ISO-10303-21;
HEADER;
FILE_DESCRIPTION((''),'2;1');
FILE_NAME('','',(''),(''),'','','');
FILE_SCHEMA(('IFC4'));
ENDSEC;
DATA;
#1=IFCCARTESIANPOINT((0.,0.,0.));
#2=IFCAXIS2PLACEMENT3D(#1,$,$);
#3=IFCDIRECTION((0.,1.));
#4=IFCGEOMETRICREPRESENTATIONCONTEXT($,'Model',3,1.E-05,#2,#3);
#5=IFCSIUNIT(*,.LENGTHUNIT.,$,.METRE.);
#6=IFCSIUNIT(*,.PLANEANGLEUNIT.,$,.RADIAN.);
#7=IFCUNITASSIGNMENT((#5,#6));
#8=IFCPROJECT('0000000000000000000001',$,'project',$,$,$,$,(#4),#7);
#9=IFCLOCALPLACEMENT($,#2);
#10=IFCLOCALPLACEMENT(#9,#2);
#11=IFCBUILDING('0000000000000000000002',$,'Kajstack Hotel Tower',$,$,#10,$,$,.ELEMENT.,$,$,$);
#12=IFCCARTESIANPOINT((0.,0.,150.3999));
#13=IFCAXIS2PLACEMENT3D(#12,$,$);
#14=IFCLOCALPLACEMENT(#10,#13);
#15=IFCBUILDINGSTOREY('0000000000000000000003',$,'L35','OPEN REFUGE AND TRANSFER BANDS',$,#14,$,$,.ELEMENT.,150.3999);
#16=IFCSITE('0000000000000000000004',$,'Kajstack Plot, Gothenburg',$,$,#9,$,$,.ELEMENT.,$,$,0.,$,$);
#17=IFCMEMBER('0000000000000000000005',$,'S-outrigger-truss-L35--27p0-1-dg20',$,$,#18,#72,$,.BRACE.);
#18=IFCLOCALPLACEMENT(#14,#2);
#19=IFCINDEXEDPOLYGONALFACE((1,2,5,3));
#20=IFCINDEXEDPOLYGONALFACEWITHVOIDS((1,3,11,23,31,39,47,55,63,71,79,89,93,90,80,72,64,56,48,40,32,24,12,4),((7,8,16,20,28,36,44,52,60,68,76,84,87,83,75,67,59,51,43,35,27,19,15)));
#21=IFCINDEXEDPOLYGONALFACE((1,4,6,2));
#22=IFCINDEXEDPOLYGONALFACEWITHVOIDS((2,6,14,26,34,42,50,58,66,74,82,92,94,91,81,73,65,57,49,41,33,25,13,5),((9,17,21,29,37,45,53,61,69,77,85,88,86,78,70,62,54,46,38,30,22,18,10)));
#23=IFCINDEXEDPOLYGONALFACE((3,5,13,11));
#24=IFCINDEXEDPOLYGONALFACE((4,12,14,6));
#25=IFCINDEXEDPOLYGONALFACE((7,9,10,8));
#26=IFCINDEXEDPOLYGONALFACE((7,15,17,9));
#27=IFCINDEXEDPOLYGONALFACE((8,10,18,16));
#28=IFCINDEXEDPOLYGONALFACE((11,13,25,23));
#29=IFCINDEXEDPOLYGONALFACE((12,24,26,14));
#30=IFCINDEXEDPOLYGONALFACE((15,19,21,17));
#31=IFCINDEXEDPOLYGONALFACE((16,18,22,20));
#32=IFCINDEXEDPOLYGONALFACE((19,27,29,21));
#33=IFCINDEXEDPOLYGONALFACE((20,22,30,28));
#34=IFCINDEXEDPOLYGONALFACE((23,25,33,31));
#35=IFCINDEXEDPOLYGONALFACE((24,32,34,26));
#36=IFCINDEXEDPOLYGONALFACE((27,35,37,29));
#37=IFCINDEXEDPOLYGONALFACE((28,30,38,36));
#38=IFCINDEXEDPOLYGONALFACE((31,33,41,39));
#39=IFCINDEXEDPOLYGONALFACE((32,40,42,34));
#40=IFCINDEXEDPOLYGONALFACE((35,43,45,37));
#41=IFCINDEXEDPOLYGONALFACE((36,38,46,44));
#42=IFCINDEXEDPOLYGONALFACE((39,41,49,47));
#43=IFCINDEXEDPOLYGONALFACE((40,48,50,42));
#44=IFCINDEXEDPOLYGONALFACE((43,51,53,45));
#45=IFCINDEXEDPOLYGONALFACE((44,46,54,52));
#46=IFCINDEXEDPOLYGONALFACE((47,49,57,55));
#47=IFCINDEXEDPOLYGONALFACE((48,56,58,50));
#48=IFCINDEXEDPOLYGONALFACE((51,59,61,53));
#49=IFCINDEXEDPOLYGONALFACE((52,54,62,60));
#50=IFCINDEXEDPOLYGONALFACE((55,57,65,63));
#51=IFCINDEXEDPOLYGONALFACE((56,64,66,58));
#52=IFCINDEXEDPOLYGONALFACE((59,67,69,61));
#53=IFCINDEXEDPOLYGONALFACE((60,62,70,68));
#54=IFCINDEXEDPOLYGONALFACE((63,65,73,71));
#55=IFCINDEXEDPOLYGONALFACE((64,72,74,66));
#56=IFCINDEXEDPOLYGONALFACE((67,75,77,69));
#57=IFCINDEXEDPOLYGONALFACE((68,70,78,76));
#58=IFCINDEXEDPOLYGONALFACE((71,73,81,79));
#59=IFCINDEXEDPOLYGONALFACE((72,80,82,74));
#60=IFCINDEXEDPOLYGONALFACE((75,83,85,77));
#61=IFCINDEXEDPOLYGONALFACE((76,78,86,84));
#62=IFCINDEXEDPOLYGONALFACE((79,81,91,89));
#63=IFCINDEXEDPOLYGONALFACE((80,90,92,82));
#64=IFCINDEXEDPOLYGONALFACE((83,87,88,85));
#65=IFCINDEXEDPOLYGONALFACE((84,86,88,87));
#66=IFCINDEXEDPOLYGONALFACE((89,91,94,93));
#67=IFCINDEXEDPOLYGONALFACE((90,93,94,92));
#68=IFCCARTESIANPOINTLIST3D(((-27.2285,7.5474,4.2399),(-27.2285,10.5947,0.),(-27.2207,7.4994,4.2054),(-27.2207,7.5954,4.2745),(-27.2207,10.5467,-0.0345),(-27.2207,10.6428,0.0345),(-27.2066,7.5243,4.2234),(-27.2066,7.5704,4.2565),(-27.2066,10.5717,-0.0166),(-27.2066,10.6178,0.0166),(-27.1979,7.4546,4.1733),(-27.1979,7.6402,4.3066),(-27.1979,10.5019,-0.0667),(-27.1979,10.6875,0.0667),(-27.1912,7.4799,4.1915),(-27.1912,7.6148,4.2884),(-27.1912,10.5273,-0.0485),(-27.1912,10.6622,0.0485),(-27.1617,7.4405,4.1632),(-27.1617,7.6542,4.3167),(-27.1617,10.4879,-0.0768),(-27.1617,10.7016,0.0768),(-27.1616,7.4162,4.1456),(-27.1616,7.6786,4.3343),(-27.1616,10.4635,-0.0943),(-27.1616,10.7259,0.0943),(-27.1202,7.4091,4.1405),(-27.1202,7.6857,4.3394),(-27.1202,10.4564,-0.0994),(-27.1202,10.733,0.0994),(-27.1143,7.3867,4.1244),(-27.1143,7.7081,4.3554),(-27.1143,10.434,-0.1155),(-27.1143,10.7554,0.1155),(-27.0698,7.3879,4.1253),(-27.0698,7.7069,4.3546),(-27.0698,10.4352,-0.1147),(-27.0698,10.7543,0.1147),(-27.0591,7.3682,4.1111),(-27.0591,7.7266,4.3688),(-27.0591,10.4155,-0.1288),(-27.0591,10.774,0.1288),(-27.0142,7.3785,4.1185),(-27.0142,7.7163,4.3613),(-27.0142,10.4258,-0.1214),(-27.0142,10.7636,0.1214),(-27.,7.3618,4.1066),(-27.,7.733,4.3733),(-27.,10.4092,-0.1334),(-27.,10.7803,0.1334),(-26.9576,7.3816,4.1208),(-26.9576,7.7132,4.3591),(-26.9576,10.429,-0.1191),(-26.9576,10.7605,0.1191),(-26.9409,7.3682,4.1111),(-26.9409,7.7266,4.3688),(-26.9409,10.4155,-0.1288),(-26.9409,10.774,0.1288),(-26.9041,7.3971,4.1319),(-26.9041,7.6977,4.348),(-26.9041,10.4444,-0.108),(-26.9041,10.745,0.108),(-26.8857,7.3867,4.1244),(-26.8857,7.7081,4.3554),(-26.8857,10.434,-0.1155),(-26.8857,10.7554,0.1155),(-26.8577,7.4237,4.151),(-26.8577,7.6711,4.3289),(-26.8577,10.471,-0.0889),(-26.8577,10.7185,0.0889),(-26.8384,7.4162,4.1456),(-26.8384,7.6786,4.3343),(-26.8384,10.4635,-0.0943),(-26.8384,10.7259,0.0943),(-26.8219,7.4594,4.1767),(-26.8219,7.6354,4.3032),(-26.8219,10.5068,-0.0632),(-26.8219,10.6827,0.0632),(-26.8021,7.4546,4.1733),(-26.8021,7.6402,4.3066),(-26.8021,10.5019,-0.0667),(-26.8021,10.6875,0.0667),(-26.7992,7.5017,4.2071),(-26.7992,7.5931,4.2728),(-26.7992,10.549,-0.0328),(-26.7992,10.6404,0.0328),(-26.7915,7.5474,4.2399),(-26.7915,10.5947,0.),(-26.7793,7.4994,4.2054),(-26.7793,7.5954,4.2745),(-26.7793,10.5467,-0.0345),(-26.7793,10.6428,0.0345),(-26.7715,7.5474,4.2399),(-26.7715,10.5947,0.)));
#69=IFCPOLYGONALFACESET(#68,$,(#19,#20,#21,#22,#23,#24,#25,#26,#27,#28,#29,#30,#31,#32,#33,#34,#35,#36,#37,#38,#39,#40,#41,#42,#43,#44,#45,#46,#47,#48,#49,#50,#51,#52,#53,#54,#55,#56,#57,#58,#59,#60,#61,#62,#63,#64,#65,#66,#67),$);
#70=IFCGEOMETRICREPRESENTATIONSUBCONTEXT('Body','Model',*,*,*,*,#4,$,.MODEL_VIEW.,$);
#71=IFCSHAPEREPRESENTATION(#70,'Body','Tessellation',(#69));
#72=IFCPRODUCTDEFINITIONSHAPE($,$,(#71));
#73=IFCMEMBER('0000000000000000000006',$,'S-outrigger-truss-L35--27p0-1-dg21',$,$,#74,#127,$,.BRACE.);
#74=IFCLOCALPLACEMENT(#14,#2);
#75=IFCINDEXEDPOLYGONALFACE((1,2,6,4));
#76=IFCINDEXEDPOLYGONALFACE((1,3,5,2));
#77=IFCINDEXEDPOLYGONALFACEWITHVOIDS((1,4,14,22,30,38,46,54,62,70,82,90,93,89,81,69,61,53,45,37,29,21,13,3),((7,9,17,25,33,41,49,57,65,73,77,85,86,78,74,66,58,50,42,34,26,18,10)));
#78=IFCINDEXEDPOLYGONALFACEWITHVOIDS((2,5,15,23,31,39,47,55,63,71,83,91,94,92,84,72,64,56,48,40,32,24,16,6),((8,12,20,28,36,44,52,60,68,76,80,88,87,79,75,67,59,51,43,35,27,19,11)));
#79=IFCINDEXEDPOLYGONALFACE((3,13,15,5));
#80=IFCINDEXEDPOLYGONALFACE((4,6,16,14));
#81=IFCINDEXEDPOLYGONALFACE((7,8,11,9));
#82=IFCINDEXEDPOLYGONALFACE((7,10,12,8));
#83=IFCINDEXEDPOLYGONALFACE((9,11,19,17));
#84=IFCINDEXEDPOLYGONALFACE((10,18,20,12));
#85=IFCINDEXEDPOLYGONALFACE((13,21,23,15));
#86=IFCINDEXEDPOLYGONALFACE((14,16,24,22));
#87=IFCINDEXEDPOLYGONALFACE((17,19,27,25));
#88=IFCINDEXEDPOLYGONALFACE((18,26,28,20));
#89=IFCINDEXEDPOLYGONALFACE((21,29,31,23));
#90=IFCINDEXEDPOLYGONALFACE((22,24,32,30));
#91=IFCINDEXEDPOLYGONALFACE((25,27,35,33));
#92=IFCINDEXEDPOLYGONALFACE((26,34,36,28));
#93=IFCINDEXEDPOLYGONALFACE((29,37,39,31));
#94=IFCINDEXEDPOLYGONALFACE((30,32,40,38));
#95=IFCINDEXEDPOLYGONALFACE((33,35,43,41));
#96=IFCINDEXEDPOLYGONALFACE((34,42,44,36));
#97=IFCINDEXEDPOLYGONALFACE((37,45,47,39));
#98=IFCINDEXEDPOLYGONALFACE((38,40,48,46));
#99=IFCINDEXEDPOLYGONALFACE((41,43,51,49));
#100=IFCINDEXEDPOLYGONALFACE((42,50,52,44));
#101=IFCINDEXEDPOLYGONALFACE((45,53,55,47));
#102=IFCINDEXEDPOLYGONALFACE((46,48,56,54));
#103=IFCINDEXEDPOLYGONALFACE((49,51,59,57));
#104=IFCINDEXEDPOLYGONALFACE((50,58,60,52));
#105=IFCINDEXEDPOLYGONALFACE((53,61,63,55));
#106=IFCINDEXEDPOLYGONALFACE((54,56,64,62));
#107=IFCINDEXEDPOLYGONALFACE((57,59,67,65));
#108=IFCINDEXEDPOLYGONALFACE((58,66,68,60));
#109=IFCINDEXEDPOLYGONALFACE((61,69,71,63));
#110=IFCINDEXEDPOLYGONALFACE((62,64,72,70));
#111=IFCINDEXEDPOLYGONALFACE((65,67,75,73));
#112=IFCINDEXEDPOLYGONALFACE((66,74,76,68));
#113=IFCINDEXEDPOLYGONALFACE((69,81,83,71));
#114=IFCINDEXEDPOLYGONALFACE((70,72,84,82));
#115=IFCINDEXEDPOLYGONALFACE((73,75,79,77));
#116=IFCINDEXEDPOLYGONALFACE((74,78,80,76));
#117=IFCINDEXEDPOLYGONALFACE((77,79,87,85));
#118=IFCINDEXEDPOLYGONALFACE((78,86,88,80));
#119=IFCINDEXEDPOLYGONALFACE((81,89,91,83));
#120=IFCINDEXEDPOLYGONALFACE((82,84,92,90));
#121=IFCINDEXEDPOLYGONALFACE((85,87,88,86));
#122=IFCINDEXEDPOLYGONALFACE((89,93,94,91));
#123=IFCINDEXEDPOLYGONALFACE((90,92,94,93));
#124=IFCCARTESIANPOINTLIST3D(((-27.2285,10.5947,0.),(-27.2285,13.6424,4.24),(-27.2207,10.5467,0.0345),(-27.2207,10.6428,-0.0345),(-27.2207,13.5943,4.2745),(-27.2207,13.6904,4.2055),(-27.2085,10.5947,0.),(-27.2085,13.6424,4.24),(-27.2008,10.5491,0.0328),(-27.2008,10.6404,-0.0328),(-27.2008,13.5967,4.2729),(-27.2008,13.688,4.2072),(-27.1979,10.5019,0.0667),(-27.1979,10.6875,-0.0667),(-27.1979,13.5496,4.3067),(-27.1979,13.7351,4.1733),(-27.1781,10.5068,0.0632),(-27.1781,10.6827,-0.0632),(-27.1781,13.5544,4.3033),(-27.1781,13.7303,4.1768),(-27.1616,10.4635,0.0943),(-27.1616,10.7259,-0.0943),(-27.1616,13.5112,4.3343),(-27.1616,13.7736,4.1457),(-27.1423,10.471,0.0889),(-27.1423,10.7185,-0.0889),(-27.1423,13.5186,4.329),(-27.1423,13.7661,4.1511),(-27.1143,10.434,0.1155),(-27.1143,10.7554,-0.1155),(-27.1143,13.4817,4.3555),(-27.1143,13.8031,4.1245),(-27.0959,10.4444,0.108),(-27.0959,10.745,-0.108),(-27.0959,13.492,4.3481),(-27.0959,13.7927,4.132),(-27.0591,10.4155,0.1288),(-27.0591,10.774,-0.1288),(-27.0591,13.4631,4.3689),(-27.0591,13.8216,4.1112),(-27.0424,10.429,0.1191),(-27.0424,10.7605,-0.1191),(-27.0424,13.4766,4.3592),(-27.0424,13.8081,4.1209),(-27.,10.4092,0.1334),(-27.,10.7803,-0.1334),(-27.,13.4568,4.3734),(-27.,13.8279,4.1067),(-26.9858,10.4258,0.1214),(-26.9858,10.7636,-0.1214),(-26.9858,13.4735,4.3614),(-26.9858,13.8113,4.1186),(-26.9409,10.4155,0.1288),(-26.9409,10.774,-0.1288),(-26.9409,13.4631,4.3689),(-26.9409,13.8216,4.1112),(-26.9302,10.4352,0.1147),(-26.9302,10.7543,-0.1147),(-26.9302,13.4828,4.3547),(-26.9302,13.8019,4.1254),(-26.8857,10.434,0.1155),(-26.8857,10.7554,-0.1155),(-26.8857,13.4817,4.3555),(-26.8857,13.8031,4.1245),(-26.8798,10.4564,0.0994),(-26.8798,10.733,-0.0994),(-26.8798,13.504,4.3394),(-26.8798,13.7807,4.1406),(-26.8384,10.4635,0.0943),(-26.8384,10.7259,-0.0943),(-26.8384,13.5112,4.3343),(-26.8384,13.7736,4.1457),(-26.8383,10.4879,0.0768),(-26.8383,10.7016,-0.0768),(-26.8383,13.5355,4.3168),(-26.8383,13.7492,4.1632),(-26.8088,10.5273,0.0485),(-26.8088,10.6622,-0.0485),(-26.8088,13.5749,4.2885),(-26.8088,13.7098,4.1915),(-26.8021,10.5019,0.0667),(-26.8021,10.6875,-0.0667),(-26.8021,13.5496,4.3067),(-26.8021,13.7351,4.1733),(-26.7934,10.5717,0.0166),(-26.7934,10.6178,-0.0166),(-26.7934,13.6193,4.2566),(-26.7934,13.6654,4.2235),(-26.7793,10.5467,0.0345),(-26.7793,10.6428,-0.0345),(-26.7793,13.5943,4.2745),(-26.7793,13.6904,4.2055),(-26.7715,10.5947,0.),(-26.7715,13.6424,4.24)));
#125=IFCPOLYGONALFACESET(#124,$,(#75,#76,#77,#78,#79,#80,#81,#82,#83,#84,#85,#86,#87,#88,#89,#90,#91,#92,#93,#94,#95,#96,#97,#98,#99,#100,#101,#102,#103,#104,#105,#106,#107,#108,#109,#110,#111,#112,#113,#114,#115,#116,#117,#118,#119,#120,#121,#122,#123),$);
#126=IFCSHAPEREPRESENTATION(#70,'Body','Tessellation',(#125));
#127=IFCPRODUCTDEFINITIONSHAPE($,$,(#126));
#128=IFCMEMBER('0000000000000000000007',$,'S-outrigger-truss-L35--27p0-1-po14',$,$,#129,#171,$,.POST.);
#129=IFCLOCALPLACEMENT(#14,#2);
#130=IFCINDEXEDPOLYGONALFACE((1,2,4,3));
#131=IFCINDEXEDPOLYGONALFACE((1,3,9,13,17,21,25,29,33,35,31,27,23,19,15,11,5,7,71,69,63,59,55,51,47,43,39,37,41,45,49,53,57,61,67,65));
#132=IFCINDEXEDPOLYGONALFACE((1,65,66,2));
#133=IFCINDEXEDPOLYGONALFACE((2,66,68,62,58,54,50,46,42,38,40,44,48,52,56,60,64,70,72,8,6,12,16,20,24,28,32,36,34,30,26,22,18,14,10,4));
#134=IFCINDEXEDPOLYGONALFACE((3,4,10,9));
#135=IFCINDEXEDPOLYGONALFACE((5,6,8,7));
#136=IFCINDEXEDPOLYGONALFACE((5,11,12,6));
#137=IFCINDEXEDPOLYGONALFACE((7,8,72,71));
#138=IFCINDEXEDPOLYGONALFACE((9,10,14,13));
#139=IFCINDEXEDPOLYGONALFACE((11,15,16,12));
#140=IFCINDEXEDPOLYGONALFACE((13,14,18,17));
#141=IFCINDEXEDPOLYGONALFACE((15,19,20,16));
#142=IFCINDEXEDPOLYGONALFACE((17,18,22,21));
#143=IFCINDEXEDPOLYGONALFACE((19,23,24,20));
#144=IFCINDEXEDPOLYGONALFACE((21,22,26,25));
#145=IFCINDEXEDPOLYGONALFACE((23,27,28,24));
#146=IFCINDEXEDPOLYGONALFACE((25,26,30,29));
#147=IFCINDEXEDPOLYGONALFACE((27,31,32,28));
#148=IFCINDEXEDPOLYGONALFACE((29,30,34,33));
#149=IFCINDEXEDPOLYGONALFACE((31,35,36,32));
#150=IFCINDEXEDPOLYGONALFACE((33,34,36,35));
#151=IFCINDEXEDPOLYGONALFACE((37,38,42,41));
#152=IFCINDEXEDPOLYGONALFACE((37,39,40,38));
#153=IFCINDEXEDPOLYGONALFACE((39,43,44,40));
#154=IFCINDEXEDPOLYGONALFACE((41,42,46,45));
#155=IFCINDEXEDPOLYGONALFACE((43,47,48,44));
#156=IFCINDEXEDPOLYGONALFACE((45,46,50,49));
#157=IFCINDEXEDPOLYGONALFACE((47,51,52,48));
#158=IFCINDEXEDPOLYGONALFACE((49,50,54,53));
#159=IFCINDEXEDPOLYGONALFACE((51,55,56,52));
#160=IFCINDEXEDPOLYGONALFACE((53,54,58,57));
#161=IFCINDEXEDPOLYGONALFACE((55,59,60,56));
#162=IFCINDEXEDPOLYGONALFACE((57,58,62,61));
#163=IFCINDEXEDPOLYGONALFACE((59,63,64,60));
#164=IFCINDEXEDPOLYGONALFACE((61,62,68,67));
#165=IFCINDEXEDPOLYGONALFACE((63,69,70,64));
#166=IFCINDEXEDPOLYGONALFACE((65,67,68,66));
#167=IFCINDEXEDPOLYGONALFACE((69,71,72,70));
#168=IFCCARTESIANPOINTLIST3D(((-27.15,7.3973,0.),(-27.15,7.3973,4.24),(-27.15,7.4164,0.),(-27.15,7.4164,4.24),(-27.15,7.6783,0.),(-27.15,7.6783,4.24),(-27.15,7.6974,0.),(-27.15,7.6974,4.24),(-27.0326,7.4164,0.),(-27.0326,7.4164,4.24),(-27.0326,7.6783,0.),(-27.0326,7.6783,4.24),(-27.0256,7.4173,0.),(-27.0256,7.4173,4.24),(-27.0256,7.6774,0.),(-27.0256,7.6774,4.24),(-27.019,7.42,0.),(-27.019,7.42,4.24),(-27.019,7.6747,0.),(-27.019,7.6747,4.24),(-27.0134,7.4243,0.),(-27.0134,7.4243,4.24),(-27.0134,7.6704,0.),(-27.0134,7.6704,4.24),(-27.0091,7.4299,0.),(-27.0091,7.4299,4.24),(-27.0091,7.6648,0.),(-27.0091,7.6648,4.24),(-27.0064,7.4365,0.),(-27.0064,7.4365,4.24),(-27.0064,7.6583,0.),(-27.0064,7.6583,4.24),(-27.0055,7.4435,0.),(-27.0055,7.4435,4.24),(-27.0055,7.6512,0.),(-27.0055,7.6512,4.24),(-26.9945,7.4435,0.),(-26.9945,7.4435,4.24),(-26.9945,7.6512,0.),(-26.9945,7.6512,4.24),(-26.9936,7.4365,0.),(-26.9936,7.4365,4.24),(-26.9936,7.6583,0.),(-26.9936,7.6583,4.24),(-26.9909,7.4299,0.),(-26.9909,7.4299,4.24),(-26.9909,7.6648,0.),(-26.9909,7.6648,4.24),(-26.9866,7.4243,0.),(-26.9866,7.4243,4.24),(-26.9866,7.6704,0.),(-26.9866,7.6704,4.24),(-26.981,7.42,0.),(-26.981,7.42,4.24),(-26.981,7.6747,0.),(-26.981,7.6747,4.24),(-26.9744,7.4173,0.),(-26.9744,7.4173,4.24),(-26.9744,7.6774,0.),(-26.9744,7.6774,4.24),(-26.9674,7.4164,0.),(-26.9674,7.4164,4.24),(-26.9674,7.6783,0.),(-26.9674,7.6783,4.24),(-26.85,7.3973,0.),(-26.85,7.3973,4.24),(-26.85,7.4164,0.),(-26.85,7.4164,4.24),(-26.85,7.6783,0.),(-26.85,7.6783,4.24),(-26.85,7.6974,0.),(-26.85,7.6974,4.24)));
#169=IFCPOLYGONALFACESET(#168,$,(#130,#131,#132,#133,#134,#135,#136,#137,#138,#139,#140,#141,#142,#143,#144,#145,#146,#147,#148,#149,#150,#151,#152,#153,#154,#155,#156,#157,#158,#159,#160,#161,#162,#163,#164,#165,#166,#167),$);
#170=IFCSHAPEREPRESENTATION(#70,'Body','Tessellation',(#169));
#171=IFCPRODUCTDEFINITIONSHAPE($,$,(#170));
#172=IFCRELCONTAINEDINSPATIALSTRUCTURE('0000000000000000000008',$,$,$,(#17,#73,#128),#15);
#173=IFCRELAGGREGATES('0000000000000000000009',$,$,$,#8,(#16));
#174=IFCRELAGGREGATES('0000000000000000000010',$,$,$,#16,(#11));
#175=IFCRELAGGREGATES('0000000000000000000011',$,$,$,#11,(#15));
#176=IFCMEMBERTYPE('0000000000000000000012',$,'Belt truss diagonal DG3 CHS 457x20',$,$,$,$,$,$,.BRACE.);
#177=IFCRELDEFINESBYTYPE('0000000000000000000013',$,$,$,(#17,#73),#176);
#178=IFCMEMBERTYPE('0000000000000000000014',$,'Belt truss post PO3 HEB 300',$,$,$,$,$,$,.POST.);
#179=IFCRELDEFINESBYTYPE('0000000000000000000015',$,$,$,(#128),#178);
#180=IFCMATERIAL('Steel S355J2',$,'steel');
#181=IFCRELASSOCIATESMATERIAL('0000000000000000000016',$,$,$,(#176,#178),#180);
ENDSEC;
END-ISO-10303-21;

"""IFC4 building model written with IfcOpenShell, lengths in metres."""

from ifc_helpers import new_model, si_unit, direction, frame, origin, origin_2d, place, context, subcontext, project, spatial, hollow_circle, i_section, extrude, material, material_profile, profile_set, type_object, element, save


model = new_model("IFC4")

# Units and contexts
model_context = context("Model", 3, precision=1e-05, world=origin(), true_north=direction((0.0, 1.0)))
body_context = subcontext(model_context, "Body", "Model", "MODEL_VIEW")
ifc_project = project(units=[si_unit("LENGTHUNIT", "METRE"), si_unit("PLANEANGLEUNIT", "RADIAN")], contexts=[model_context])

# Site, building, storey
site_placement = place(None, origin())
site = spatial("IfcSite", under=ifc_project, at=site_placement, Name="Kajstack Plot, Gothenburg", CompositionType="ELEMENT", RefElevation=0.0)
building_placement = place(site_placement, origin())
building = spatial("IfcBuilding", under=site, at=building_placement, Name="Kajstack Hotel Tower", CompositionType="ELEMENT")
storey_placement = place(building_placement, frame((0.0, 0.0, 150.3999)))
storey = spatial("IfcBuildingStorey", under=building, at=storey_placement, Name="L35", Description="OPEN REFUGE AND TRANSFER BANDS", CompositionType="ELEMENT", Elevation=150.3999)

# Members
ifc_material_1 = material(Name="Steel S355J2", Category="steel")
ifc_material_profile_1 = material_profile(ifc_material_1, hollow_circle(Radius=0.2285, WallThickness=0.02, at=origin_2d()), Name="CHS 457x20")
ifc_profile_set_1 = profile_set([ifc_material_profile_1], Name="Steel S355J2")
member_type_1 = type_object("IfcMemberType", Name="Belt truss diagonal DG3 CHS 457x20", PredefinedType="BRACE", material=ifc_profile_set_1)
member_1_placement = place(storey_placement, frame((-27.0, 10.5947, 0.0), z_axis=(0.0, -0.58362, 0.812027), x_axis=(1.0, 0.0, 0.0)))
element("IfcMember", 1, at=member_1_placement, inside=storey, type_object=member_type_1, Name="S-outrigger-truss-L35--27p0-1-dg20", PredefinedType="BRACE", context=body_context, shape_type="SweptSolid", body=[
    extrude(hollow_circle(Radius=0.2285, WallThickness=0.02, at=origin_2d()), origin(), (0.0, 0.0, 1.0), 5.2214),
])
member_2_placement = place(storey_placement, frame((-27.0, 10.5947, 0.0), z_axis=(0.0, 0.58365, 0.812005), x_axis=(-1.0, 0.0, 0.0)))
element("IfcMember", 2, at=member_2_placement, inside=storey, type_object=member_type_1, Name="S-outrigger-truss-L35--27p0-1-dg21", PredefinedType="BRACE", context=body_context, shape_type="SweptSolid", body=[
    extrude(hollow_circle(Radius=0.2285, WallThickness=0.02, at=origin_2d()), origin(), (0.0, 0.0, 1.0), 5.2217),
])
ifc_material_profile_2 = material_profile(ifc_material_1, i_section(OverallWidth=0.3, OverallDepth=0.3, WebThickness=0.011, FlangeThickness=0.019, FilletRadius=0.0271, at=origin_2d()), Name="HEB 300")
ifc_profile_set_2 = profile_set([ifc_material_profile_2], Name="Steel S355J2")
member_type_2 = type_object("IfcMemberType", Name="Belt truss post PO3 HEB 300", PredefinedType="POST", material=ifc_profile_set_2)
for number, where, z_axis, x_axis, name in (
    (3, (-27.0, 7.5474, 0.0), (0.0, 0.0, 1.0), (1.0, 0.0, 0.0), "S-outrigger-truss-L35--27p0-1-po14"),
):
    element("IfcMember", number, at=place(storey_placement, frame(where, z_axis=z_axis, x_axis=x_axis)), inside=storey, type_object=member_type_2, Name=name, PredefinedType="POST", context=body_context, shape_type="SweptSolid", body=[
        extrude(i_section(OverallWidth=0.3, OverallDepth=0.3, WebThickness=0.011, FlangeThickness=0.019, FilletRadius=0.0271, at=origin_2d()), origin(), (0.0, 0.0, 1.0), 4.24),
    ])

save(model, "model.ifc")
